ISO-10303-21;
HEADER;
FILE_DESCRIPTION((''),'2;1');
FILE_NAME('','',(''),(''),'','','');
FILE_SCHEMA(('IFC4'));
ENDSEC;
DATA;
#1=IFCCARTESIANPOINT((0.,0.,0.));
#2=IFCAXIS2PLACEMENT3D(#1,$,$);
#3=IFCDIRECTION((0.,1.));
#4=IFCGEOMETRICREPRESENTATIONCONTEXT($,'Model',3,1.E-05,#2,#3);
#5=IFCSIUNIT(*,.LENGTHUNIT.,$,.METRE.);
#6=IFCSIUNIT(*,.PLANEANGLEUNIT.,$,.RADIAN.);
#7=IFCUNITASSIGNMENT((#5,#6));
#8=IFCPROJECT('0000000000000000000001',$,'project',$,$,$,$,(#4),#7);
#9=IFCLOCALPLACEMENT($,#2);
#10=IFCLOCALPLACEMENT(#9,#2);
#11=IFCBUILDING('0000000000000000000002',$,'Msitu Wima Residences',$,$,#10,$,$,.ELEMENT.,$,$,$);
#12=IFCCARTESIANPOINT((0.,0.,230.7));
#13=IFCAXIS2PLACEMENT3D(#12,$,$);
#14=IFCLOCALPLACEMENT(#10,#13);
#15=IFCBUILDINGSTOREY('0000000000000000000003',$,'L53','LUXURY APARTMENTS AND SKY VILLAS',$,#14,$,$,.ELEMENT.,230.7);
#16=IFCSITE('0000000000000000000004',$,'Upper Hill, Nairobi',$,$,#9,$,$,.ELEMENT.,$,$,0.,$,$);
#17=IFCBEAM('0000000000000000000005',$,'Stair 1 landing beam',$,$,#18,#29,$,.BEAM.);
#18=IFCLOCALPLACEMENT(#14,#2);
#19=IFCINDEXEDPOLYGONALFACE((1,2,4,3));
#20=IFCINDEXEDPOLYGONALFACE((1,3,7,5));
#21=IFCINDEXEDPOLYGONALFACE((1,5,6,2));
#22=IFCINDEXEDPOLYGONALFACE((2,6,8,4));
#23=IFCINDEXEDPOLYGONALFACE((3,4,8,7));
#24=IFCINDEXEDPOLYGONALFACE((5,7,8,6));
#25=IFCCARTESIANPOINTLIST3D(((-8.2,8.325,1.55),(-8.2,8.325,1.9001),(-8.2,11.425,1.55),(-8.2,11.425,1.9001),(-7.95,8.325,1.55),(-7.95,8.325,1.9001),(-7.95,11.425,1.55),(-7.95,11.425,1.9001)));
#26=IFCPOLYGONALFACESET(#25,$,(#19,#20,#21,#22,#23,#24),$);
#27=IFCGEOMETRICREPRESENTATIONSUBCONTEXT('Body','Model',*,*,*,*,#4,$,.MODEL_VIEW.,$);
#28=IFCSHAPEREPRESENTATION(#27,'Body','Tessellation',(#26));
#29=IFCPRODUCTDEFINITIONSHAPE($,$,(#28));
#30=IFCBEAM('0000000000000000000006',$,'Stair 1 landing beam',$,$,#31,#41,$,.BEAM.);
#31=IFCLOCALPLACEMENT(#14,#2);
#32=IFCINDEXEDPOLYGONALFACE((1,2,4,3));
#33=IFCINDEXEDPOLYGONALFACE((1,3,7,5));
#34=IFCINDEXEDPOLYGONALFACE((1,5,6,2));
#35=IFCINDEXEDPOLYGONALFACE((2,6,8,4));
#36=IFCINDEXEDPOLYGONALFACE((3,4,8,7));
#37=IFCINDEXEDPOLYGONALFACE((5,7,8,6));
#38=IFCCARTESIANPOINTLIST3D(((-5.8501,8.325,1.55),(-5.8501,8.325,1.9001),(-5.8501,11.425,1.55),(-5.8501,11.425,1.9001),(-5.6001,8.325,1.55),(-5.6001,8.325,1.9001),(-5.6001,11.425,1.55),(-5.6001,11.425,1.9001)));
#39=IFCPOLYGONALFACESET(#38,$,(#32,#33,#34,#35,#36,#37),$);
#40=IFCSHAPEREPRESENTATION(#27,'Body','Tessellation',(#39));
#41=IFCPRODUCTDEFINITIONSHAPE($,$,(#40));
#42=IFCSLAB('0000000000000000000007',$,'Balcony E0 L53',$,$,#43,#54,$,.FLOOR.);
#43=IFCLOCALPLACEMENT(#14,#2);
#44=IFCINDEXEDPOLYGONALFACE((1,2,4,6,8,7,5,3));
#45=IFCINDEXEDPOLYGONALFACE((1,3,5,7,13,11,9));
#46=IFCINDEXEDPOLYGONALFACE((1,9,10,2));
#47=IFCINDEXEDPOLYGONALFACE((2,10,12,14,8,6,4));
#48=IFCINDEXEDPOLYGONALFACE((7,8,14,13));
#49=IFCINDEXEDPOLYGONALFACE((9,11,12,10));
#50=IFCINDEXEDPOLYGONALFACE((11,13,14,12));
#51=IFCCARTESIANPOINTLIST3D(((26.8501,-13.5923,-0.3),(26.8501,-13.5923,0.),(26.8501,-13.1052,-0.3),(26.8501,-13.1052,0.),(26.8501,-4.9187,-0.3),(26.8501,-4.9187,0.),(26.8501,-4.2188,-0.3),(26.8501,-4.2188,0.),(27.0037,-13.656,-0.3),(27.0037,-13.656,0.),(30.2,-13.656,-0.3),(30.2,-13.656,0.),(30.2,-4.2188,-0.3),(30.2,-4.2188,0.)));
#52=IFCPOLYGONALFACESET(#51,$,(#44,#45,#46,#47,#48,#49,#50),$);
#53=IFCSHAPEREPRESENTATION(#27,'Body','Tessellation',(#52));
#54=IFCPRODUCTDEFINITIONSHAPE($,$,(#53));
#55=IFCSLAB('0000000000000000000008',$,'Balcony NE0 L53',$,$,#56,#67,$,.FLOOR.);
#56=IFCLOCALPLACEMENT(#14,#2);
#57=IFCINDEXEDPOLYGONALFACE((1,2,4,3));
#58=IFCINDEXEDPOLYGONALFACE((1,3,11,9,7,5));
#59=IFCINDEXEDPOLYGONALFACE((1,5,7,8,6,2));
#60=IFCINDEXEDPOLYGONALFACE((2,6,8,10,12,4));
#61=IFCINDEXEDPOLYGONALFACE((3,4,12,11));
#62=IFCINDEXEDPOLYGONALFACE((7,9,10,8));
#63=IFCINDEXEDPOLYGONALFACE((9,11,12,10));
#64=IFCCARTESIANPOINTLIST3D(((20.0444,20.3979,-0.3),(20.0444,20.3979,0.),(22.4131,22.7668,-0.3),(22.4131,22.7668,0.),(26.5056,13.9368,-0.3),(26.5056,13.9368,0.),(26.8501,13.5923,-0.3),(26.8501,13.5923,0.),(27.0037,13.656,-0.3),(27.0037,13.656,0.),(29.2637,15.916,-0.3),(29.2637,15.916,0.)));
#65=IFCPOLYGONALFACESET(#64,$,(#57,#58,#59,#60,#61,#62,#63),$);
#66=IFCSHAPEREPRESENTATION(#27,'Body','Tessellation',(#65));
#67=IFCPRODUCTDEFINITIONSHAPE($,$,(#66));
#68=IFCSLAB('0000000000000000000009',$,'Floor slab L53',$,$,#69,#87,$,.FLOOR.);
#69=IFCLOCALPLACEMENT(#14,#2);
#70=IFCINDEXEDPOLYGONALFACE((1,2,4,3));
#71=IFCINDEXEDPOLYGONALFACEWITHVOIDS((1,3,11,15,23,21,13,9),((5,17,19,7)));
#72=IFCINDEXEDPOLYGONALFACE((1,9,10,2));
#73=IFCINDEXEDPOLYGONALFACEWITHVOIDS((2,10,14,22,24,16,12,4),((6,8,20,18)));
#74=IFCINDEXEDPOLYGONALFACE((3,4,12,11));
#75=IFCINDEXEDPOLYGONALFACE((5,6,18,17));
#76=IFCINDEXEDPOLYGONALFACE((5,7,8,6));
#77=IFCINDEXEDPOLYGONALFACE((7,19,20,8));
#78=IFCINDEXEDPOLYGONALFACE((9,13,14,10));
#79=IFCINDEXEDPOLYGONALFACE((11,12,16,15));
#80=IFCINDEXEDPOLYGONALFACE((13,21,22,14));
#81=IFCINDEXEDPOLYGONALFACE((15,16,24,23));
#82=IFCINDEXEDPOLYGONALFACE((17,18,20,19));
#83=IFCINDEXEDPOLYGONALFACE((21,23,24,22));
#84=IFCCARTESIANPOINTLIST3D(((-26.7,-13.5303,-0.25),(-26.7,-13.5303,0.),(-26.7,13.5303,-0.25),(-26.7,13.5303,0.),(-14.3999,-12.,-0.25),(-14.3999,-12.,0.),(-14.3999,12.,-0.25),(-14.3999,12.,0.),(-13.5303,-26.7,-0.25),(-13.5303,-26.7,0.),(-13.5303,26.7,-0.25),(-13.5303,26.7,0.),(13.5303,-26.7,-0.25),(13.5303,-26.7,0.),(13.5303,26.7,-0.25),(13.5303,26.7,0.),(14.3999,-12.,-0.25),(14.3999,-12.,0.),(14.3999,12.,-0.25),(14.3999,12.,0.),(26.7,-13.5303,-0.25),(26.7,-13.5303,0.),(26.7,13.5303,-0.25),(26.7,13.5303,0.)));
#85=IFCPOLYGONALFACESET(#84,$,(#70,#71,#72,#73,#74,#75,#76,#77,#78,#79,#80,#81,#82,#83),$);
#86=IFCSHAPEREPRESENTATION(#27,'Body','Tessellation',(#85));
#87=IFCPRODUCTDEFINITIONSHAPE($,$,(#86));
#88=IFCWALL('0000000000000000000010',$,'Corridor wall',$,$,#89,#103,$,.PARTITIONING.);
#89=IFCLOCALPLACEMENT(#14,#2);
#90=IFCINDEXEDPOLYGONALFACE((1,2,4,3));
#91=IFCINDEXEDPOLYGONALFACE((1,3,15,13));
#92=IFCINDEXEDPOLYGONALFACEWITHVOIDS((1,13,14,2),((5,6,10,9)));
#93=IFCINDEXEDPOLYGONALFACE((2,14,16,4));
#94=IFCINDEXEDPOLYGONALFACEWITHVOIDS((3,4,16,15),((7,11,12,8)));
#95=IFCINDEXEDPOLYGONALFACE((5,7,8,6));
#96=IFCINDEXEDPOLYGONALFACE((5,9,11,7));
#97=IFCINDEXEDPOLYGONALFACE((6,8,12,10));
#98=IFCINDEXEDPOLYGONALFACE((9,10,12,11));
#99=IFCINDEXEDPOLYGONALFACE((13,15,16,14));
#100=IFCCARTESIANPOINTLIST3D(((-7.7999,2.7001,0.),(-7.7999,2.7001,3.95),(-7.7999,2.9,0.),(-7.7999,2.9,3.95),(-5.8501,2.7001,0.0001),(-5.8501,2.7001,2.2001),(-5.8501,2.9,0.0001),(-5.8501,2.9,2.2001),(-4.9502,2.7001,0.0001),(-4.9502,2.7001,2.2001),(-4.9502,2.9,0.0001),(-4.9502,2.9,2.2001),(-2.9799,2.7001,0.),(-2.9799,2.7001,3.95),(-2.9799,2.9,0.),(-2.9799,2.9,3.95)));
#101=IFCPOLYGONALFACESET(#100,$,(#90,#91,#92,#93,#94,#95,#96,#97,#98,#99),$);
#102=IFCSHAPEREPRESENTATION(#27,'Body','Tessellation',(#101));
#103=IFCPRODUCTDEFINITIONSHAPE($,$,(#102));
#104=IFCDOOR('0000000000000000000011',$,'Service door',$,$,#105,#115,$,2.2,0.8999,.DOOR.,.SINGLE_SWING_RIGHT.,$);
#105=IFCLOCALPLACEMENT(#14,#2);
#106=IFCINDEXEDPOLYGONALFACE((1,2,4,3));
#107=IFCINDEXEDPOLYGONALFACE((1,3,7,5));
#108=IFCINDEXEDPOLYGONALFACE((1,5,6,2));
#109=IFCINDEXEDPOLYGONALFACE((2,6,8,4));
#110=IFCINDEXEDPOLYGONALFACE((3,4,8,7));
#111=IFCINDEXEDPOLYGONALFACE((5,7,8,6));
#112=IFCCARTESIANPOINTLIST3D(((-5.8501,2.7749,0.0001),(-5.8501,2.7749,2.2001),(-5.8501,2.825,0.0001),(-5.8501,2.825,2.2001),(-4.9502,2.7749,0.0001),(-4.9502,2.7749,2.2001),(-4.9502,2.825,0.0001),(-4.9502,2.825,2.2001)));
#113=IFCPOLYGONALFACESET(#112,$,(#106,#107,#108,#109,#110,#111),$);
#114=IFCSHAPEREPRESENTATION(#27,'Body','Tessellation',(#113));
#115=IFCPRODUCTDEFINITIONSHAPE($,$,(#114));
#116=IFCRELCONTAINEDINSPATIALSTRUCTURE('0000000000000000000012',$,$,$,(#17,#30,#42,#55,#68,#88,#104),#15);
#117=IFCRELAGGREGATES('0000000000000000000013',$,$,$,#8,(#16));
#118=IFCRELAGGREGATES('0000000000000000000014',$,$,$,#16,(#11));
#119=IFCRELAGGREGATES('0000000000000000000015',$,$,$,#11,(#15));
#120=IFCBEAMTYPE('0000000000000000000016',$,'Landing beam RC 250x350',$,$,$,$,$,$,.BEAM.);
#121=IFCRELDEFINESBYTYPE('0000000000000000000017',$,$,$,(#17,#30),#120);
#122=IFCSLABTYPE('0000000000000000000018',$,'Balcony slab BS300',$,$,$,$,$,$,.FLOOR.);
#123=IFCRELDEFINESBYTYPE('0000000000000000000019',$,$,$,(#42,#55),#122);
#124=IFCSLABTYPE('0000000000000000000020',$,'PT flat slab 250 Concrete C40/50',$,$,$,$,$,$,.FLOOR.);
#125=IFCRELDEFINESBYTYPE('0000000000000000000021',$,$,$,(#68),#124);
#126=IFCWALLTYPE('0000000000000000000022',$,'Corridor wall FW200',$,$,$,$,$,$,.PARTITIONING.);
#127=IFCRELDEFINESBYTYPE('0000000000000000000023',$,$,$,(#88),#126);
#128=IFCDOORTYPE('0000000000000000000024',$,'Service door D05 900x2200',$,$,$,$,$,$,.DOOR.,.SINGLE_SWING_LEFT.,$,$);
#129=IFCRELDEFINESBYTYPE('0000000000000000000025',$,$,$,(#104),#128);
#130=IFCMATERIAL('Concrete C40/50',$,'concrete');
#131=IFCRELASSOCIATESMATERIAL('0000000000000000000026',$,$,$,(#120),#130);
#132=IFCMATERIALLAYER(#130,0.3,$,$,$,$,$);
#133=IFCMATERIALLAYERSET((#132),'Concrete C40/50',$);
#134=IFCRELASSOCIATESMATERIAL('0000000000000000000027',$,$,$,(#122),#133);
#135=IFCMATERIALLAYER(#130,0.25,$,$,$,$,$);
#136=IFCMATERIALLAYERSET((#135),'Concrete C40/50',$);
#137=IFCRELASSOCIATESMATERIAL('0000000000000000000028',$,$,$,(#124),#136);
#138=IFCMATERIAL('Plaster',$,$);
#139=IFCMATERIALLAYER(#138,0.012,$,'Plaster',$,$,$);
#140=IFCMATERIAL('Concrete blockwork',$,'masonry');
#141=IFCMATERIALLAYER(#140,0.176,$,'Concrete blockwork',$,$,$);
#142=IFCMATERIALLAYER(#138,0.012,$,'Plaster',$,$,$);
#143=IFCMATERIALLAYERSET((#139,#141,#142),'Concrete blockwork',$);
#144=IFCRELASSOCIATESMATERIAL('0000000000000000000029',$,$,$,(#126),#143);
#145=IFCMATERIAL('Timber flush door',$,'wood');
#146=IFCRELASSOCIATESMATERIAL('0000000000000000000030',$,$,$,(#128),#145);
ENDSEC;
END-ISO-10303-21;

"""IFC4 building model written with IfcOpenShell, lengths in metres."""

from ifc_helpers import new_model, si_unit, direction, frame, frame_2d, origin, origin_2d, place, context, subcontext, project, spatial, polyline, rectangle, outline, extrude, material, layer, layer_set, material_profile, profile_set, type_object, element, fill, save


model = new_model("IFC4")

# Units and contexts
model_context = context("Model", 3, precision=1e-05, world=origin(), true_north=direction((0.0, 1.0)))
body_context = subcontext(model_context, "Body", "Model", "MODEL_VIEW")
ifc_project = project(units=[si_unit("LENGTHUNIT", "METRE"), si_unit("PLANEANGLEUNIT", "RADIAN")], contexts=[model_context])

# Site, building, storey
site_placement = place(None, origin())
site = spatial("IfcSite", under=ifc_project, at=site_placement, Name="Upper Hill, Nairobi", CompositionType="ELEMENT", RefElevation=0.0)
building_placement = place(site_placement, origin())
building = spatial("IfcBuilding", under=site, at=building_placement, Name="Msitu Wima Residences", CompositionType="ELEMENT")
storey_placement = place(building_placement, frame((0.0, 0.0, 230.7)))
storey = spatial("IfcBuildingStorey", under=building, at=storey_placement, Name="L53", Description="LUXURY APARTMENTS AND SKY VILLAS", CompositionType="ELEMENT", Elevation=230.7)

# Beams
ifc_material_1 = material(Name="Concrete C40/50", Category="concrete")
ifc_material_profile = material_profile(ifc_material_1, rectangle(XDim=0.25, YDim=0.3501, at=origin_2d()), Name="RC 250x350")
ifc_profile_set = profile_set([ifc_material_profile], Name="Concrete C40/50")
beam_type = type_object("IfcBeamType", Name="Landing beam RC 250x350", PredefinedType="BEAM", material=ifc_profile_set)
for number, where, z_axis, x_axis, name in (
    (1, (-8.075, 8.325, 1.7251), (0.0, 1.0, 0.0), (-1.0, 0.0, 0.0), "Stair 1 landing beam"),
    (2, (-5.7251, 8.325, 1.7251), (0.0, 1.0, 0.0), (-1.0, 0.0, 0.0), "Stair 1 landing beam"),
):
    element("IfcBeam", number, at=place(storey_placement, frame(where, z_axis=z_axis, x_axis=x_axis)), inside=storey, type_object=beam_type, Name=name, PredefinedType="BEAM", context=body_context, shape_type="SweptSolid", body=[
        extrude(rectangle(XDim=0.25, YDim=0.3501, at=origin_2d()), origin(), (0.0, 0.0, 1.0), 3.1001),
    ])

# Slabs
ifc_layer_1 = layer(ifc_material_1, 0.3)
ifc_layer_set_1 = layer_set([ifc_layer_1], Name="Concrete C40/50")
slab_type_1 = type_object("IfcSlabType", Name="Balcony slab BS300", PredefinedType="FLOOR", material=ifc_layer_set_1)
slab_1_placement = place(storey_placement, frame((0.0, 0.0, -0.3)))
element("IfcSlab", 3, at=slab_1_placement, inside=storey, type_object=slab_type_1, Name="Balcony E0 L53", PredefinedType="FLOOR", context=body_context, shape_type="SweptSolid", body=[
    extrude(outline(polyline([(26.8501, -13.1052), (26.8501, -13.1052), (26.8501, -4.9187), (26.8501, -4.2188), (30.2, -4.2188), (30.2, -13.656), (27.0037, -13.656), (26.8501, -13.5923), (26.8501, -13.1052), (26.8501, -13.1052)])), origin(), (0.0, 0.0, 1.0), 0.3),
])
slab_2_placement = place(storey_placement, frame((0.0, 0.0, -0.3)))
element("IfcSlab", 4, at=slab_2_placement, inside=storey, type_object=slab_type_1, Name="Balcony NE0 L53", PredefinedType="FLOOR", context=body_context, shape_type="SweptSolid", body=[
    extrude(outline(polyline([(26.5056, 13.9368), (26.5056, 13.9368), (20.0444, 20.3979), (22.4131, 22.7668), (29.2637, 15.916), (27.0037, 13.656), (26.8501, 13.5923), (26.5056, 13.9368), (26.5056, 13.9368)])), origin(), (0.0, 0.0, 1.0), 0.3),
])
ifc_layer_2 = layer(ifc_material_1, 0.25)
ifc_layer_set_2 = layer_set([ifc_layer_2], Name="Concrete C40/50")
slab_type_2 = type_object("IfcSlabType", Name="PT flat slab 250 Concrete C40/50", PredefinedType="FLOOR", material=ifc_layer_set_2)
slab_3_placement = place(storey_placement, frame((0.0, 0.0, -0.25)))
element("IfcSlab", 5, at=slab_3_placement, inside=storey, type_object=slab_type_2, Name="Floor slab L53", PredefinedType="FLOOR", context=body_context, shape_type="SweptSolid", body=[
    extrude(outline(polyline([(26.7, -13.5303), (13.5303, -26.7), (-13.5303, -26.7), (-26.7, -13.5303), (-26.7, 13.5303), (-13.5303, 26.7), (13.5303, 26.7), (26.7, 13.5303), (26.7, -13.5303)]), holes=[polyline([(-14.3999, -12.0), (14.3999, -12.0), (14.3999, 12.0), (-14.3999, 12.0), (-14.3999, -12.0)])]), origin(), (0.0, 0.0, 1.0), 0.25),
])

# Wall, opening, door
ifc_material_2 = material(Name="Plaster")
ifc_layer_3 = layer(ifc_material_2, 0.012, Name="Plaster")
ifc_material_3 = material(Name="Concrete blockwork", Category="masonry")
ifc_layer_4 = layer(ifc_material_3, 0.176, Name="Concrete blockwork")
ifc_layer_5 = layer(ifc_material_2, 0.012, Name="Plaster")
ifc_layer_set_3 = layer_set([ifc_layer_3, ifc_layer_4, ifc_layer_5], Name="Concrete blockwork")
wall_type_1 = type_object("IfcWallType", Name="Corridor wall FW200", PredefinedType="PARTITIONING", material=ifc_layer_set_3)
wall_1_placement = place(storey_placement, frame((-7.8, 2.8, 0.0), z_axis=(0.0, 0.0, 1.0), x_axis=(1.0, 0.0, 0.0)))
wall_1 = element("IfcWall", 6, at=wall_1_placement, inside=storey, type_object=wall_type_1, Name="Corridor wall", PredefinedType="PARTITIONING", context=body_context, shape_type="SweptSolid", body=[
    extrude(rectangle(XDim=4.8201, YDim=0.2, at=frame_2d((2.4102, 0.0))), origin(), (0.0, 0.0, 1.0), 3.95),
])
opening_1_placement = place(wall_1_placement, frame((1.95, 0.0, 0.0)))
opening_1 = element("IfcOpeningElement", 7, at=opening_1_placement, cuts=wall_1, PredefinedType="OPENING", context=body_context, shape_type="SweptSolid", body=[
    extrude(rectangle(XDim=0.8999, YDim=2.2, at=frame_2d((0.45, 1.1001))), frame((0.0, 0.1099, 0.0), z_axis=(0.0, -1.0, 0.0), x_axis=(1.0, 0.0, 0.0)), (0.0, 0.0, 1.0), 0.22),
])
ifc_material_4 = material(Name="Timber flush door", Category="wood")
door_type_1 = type_object("IfcDoorType", Name="Service door D05 900x2200", OperationType="SINGLE_SWING_LEFT", PredefinedType="DOOR", material=ifc_material_4)
door_1_placement = place(opening_1_placement, origin())
door_1 = element("IfcDoor", 8, at=door_1_placement, inside=storey, type_object=door_type_1, Name="Service door", OperationType="SINGLE_SWING_RIGHT", OverallHeight=2.2, OverallWidth=0.8999, PredefinedType="DOOR", context=body_context, shape_type="SweptSolid", body=[
    extrude(rectangle(XDim=0.8999, YDim=2.2, at=frame_2d((0.45, 1.1001))), frame((0.0, 0.0249, 0.0), z_axis=(0.0, -1.0, 0.0), x_axis=(1.0, 0.0, 0.0)), (0.0, 0.0, 1.0), 0.05),
])
fill(opening_1, door_1)

save(model, "model.ifc")
